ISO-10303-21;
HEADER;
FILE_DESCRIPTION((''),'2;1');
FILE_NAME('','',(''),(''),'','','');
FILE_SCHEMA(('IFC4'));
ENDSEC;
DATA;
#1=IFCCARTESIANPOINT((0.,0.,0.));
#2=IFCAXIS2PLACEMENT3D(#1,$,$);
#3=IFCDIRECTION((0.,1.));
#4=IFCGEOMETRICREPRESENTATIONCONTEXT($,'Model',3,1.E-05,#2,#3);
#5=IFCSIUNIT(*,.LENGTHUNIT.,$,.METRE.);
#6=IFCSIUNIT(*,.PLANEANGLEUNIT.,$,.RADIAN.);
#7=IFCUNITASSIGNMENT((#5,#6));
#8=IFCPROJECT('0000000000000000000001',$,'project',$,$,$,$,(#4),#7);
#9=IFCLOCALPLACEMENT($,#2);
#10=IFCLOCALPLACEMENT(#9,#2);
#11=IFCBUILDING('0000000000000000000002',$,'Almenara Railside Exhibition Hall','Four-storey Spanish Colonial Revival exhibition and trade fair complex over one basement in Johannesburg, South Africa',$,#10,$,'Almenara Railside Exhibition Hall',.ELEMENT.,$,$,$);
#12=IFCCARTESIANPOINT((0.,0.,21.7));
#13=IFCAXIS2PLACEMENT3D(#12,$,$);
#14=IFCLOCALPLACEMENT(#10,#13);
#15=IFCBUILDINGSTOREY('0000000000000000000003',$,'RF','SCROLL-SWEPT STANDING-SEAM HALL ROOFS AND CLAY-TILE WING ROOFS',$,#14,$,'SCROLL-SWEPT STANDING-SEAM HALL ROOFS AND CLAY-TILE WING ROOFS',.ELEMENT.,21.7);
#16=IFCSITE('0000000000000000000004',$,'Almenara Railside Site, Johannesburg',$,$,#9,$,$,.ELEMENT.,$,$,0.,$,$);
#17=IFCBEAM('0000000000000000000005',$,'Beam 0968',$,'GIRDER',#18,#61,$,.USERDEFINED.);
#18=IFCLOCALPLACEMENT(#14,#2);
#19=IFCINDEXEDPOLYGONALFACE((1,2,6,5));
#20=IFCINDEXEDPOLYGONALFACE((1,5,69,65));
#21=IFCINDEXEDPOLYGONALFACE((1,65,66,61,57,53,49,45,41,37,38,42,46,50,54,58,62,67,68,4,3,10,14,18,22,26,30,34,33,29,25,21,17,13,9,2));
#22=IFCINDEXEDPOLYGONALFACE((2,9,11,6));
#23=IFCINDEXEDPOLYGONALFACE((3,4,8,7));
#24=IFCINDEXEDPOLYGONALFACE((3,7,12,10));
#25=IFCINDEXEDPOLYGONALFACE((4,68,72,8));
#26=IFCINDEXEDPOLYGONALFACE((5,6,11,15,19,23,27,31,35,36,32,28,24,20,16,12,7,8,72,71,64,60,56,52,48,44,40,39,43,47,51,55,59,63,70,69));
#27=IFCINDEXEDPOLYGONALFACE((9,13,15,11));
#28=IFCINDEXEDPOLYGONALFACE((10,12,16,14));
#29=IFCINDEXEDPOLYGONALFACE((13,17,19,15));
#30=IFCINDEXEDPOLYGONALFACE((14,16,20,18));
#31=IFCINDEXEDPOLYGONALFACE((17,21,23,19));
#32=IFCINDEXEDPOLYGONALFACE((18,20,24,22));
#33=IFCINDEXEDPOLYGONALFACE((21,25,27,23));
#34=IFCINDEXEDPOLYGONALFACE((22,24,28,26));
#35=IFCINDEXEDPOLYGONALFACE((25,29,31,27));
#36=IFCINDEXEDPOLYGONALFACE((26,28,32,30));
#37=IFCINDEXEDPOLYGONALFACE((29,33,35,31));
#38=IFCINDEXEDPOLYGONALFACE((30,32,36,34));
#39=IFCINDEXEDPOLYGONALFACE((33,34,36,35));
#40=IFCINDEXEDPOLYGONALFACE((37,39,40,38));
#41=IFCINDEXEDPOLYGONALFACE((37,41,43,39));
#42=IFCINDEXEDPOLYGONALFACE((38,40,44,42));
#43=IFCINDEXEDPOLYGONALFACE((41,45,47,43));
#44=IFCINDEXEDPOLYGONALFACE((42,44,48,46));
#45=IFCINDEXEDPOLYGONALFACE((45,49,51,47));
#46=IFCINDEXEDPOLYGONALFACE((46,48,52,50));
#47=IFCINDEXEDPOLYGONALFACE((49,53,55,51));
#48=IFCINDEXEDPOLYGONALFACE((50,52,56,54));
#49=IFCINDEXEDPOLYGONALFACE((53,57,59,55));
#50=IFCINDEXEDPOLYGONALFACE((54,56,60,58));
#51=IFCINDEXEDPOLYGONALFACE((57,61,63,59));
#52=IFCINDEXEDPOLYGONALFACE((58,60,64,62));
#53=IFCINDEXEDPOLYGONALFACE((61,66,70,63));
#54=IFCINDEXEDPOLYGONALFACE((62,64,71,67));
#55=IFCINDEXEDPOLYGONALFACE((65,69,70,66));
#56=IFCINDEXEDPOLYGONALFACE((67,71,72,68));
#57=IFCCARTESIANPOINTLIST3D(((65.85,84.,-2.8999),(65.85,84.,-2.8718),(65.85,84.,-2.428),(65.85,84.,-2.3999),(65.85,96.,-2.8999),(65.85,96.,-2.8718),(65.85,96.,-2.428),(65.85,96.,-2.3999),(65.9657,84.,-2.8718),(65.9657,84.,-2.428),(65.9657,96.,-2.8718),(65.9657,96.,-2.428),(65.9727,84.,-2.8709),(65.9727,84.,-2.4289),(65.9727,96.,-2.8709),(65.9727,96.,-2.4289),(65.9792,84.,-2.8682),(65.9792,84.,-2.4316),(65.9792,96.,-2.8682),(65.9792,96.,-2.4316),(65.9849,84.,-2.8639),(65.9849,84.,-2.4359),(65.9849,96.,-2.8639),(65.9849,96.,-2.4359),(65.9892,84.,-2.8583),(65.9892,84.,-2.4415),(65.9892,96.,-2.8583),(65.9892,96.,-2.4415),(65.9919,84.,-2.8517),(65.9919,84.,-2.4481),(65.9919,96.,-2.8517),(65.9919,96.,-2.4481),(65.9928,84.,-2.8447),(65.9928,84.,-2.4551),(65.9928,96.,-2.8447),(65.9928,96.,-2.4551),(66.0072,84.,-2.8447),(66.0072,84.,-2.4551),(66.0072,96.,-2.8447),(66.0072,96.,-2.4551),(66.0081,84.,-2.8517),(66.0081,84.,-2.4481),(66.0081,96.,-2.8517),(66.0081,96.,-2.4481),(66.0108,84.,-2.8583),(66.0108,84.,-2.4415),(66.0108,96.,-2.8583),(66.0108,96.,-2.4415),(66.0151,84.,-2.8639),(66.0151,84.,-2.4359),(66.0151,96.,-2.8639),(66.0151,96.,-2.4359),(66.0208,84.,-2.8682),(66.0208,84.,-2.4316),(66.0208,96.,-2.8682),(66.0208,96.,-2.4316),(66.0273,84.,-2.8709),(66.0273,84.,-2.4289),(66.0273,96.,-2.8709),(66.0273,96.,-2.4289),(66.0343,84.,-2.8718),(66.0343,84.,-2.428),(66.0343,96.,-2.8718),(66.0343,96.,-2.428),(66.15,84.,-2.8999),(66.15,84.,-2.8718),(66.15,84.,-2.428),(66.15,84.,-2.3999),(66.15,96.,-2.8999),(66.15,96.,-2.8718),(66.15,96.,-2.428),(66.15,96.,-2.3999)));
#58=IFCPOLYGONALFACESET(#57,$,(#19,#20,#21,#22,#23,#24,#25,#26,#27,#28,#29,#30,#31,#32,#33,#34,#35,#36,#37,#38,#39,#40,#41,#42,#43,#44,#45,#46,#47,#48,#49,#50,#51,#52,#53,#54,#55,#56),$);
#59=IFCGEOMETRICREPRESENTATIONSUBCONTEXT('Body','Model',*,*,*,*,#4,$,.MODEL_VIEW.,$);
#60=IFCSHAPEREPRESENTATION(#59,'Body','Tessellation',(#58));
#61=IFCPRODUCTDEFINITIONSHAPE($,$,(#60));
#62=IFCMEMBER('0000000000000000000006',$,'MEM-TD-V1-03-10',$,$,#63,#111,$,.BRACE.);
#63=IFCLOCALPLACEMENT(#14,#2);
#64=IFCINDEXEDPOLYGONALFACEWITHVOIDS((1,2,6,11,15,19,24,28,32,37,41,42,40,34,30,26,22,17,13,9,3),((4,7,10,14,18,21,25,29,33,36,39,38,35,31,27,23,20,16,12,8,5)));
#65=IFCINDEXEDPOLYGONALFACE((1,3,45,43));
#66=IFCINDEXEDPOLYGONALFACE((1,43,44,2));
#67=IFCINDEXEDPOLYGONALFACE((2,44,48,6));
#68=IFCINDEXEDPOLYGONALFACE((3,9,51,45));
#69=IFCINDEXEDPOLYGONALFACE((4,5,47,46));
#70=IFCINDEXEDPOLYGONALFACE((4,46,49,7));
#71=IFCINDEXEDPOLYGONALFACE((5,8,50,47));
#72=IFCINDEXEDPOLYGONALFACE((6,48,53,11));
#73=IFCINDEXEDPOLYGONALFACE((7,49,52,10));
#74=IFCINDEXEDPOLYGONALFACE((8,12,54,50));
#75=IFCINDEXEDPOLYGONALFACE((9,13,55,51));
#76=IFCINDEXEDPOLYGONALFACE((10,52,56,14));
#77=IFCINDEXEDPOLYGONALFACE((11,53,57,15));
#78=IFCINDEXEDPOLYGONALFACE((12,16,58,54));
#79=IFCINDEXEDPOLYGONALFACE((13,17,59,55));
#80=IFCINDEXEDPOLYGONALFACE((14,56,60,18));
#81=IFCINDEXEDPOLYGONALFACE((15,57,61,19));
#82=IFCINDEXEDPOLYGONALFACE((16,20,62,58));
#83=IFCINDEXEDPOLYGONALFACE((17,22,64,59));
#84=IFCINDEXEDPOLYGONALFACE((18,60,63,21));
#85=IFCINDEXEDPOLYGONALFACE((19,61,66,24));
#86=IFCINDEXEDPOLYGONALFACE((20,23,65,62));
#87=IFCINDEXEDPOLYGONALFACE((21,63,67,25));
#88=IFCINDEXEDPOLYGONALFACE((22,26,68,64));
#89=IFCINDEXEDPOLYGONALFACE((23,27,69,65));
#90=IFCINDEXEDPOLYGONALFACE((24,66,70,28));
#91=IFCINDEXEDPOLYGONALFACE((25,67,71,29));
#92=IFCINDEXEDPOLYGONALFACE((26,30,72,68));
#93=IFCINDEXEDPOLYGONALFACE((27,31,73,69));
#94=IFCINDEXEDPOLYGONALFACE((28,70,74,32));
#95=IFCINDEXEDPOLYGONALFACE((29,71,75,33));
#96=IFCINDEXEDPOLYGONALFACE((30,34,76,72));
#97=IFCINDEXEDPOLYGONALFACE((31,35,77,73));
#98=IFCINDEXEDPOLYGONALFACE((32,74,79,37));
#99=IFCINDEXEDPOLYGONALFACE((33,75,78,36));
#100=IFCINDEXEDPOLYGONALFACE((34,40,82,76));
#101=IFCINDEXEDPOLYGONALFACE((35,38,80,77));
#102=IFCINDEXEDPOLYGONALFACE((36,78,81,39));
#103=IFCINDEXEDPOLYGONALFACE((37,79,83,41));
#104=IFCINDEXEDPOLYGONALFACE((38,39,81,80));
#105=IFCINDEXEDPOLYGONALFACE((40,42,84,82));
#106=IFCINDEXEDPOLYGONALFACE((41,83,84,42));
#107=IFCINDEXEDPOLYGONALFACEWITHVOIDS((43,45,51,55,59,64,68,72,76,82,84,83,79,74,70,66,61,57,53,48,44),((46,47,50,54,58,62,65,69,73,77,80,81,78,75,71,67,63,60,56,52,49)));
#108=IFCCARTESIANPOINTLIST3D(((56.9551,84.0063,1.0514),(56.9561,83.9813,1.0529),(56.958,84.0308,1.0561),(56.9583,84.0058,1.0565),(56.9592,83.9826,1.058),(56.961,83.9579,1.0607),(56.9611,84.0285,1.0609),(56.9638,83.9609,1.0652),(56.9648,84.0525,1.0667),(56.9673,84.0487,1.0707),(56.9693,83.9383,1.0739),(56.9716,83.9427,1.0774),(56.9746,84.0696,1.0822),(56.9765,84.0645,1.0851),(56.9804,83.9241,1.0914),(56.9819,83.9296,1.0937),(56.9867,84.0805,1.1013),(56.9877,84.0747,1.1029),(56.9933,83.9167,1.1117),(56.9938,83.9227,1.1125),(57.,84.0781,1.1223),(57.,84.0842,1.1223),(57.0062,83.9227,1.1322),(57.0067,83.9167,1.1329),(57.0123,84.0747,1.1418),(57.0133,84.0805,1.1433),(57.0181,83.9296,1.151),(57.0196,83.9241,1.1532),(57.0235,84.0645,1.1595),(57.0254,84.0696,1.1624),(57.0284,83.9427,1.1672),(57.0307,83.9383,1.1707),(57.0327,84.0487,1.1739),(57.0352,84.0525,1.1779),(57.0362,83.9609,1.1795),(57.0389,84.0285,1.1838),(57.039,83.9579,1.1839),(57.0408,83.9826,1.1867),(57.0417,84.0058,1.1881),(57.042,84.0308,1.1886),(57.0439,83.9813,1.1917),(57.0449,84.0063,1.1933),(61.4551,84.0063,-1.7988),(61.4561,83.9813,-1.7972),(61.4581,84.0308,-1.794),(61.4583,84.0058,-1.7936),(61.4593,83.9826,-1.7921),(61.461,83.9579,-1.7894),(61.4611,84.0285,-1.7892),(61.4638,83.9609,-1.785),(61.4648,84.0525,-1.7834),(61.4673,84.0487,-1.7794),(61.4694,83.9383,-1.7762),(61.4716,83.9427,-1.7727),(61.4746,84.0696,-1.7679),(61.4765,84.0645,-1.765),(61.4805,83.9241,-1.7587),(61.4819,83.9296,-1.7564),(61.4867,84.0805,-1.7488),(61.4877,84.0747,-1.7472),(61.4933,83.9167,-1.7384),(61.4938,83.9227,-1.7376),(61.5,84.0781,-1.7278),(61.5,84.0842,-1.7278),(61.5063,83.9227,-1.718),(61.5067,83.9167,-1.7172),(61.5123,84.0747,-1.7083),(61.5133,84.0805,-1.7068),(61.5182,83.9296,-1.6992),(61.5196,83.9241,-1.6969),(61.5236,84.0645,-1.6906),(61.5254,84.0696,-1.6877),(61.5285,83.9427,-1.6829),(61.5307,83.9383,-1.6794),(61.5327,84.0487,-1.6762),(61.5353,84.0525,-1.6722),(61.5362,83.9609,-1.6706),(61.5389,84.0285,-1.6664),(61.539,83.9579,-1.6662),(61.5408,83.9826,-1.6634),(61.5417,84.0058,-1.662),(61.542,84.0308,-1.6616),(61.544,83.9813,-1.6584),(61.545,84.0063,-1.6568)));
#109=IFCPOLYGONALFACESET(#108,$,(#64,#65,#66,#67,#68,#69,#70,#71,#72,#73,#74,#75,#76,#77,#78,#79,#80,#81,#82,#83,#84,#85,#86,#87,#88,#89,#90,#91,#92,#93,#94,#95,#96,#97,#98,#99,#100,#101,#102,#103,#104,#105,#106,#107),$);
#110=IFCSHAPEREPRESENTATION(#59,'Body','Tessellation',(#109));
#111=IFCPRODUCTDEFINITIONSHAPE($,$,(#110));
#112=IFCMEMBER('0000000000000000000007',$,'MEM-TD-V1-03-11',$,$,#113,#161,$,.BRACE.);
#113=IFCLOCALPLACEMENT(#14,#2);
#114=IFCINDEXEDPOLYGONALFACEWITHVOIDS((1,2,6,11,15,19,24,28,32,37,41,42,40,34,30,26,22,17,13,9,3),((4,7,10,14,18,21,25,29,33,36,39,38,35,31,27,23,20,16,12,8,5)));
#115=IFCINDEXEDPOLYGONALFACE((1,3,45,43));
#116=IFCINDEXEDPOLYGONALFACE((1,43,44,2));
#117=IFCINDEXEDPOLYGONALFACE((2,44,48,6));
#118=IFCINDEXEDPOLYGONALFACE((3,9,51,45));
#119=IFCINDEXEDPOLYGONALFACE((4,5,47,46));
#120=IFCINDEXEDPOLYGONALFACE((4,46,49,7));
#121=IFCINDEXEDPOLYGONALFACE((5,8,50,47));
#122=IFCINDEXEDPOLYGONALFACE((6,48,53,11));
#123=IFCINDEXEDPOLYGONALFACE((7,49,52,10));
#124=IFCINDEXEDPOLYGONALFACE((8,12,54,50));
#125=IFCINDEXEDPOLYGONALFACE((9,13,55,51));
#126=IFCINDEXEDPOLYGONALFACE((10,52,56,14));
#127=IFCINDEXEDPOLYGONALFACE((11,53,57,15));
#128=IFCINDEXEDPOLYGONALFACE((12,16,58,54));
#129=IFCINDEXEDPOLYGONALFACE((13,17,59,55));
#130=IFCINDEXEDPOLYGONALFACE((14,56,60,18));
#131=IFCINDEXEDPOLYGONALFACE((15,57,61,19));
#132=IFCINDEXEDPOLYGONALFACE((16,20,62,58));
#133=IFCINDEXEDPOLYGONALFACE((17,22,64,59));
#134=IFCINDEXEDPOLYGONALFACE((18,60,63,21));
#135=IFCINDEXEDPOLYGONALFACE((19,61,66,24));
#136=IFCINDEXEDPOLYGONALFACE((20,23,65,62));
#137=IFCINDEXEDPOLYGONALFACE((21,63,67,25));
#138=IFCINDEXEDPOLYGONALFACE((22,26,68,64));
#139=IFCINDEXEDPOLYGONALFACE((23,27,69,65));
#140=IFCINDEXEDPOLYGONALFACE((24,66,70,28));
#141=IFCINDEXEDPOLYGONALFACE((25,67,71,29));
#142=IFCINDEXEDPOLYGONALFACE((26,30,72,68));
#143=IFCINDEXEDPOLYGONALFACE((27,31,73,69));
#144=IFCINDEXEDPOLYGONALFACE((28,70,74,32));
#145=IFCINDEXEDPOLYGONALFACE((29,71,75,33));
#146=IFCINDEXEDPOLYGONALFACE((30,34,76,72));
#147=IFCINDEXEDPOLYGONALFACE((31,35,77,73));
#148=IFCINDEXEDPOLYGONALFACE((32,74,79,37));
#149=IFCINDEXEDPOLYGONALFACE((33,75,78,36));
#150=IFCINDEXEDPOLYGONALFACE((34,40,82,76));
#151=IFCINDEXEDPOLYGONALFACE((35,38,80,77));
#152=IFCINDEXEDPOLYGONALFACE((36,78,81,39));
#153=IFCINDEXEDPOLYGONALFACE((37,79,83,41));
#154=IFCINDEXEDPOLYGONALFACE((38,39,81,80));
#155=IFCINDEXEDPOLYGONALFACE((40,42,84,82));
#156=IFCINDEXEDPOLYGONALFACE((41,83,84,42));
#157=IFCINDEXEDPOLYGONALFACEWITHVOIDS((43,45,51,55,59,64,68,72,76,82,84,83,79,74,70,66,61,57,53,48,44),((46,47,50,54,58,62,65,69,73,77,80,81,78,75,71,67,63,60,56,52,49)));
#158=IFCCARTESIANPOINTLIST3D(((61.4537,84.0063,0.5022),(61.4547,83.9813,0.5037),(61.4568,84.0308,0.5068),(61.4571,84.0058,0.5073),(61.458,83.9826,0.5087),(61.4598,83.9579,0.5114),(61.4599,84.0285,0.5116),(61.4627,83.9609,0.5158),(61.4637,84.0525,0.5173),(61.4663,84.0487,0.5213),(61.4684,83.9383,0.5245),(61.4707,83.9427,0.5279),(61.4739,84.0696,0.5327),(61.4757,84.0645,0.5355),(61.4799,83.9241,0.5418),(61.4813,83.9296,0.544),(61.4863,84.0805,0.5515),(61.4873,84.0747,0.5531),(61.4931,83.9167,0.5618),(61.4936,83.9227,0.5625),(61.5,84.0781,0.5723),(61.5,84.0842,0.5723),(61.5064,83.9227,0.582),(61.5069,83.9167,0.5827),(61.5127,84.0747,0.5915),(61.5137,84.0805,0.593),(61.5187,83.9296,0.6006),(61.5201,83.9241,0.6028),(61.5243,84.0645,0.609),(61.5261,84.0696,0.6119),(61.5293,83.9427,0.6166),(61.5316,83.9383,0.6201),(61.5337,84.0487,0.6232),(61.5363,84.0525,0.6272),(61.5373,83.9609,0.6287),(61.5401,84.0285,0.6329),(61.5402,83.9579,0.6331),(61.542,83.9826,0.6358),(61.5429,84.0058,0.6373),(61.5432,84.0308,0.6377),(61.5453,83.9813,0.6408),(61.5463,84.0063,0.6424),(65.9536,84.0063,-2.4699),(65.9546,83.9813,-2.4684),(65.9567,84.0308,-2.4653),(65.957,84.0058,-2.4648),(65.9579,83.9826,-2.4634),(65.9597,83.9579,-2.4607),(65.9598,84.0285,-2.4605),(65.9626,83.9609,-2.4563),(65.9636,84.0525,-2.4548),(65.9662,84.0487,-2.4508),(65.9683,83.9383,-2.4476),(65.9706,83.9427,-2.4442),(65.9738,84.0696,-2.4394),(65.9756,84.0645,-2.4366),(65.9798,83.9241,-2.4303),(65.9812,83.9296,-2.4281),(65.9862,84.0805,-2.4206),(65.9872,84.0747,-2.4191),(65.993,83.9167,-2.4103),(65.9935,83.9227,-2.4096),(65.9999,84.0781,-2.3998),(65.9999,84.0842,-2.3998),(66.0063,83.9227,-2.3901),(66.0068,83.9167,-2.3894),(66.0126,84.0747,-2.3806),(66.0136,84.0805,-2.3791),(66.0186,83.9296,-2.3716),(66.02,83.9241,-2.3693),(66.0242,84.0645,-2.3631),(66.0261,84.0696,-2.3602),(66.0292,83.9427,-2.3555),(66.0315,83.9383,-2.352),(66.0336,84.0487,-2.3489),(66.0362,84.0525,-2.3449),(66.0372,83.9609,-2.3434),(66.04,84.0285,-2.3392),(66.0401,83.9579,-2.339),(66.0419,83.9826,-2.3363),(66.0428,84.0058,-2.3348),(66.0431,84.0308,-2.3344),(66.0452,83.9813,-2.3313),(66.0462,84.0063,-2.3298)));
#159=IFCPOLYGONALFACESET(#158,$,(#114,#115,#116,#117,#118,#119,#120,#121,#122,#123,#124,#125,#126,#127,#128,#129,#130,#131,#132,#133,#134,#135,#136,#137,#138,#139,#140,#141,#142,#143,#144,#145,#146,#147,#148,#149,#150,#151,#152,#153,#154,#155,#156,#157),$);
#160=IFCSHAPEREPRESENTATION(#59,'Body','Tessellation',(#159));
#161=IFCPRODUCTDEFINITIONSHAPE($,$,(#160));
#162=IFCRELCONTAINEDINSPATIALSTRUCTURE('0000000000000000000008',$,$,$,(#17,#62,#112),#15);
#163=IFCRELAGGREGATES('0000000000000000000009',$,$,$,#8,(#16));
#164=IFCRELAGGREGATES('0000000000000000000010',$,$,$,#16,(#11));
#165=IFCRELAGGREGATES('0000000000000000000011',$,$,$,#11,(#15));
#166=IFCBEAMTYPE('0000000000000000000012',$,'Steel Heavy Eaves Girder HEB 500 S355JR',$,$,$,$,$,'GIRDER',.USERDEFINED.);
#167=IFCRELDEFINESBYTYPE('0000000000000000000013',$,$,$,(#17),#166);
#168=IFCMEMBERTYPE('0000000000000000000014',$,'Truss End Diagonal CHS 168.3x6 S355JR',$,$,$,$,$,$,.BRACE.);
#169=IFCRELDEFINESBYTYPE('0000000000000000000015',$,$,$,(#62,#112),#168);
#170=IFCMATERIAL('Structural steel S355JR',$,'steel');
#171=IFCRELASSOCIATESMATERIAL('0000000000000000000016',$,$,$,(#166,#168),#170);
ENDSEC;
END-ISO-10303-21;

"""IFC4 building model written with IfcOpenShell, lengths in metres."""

from ifc_helpers import new_model, si_unit, direction, frame, origin, origin_2d, place, context, subcontext, project, spatial, hollow_circle, i_section, extrude, material, material_profile, profile_set, type_object, element, save


model = new_model("IFC4")

# Units and contexts
model_context = context("Model", 3, precision=1e-05, world=origin(), true_north=direction((0.0, 1.0)))
body_context = subcontext(model_context, "Body", "Model", "MODEL_VIEW")
ifc_project = project(units=[si_unit("LENGTHUNIT", "METRE"), si_unit("PLANEANGLEUNIT", "RADIAN")], contexts=[model_context])

# Site, building, storey
site_placement = place(None, origin())
site = spatial("IfcSite", under=ifc_project, at=site_placement, Name="Almenara Railside Site, Johannesburg", CompositionType="ELEMENT", RefElevation=0.0)
building_placement = place(site_placement, origin())
building = spatial("IfcBuilding", under=site, at=building_placement, Name="Almenara Railside Exhibition Hall", Description="Four-storey Spanish Colonial Revival exhibition and trade fair complex over one basement in Johannesburg, South Africa", LongName="Almenara Railside Exhibition Hall", CompositionType="ELEMENT")
storey_placement = place(building_placement, frame((0.0, 0.0, 21.7)))
storey = spatial("IfcBuildingStorey", under=building, at=storey_placement, Name="RF", Description="SCROLL-SWEPT STANDING-SEAM HALL ROOFS AND CLAY-TILE WING ROOFS", LongName="SCROLL-SWEPT STANDING-SEAM HALL ROOFS AND CLAY-TILE WING ROOFS", CompositionType="ELEMENT", Elevation=21.7)

# Shared definitions
ifc_material_1 = material(Name="Structural steel S355JR", Category="steel")

# Beam
ifc_material_profile_1 = material_profile(ifc_material_1, i_section(OverallWidth=0.3, OverallDepth=0.5, WebThickness=0.0144, FlangeThickness=0.0281, FilletRadius=0.0271, at=origin_2d()), Name="HEB 500")
ifc_profile_set_1 = profile_set([ifc_material_profile_1], Name="Structural steel S355JR")
beam_type = type_object("IfcBeamType", Name="Steel Heavy Eaves Girder HEB 500 S355JR", ElementType="GIRDER", PredefinedType="USERDEFINED", material=ifc_profile_set_1)
beam_placement = place(storey_placement, frame((66.0, 84.0, -2.6499), z_axis=(0.0, 1.0, 0.0), x_axis=(-1.0, 0.0, 0.0)))
element("IfcBeam", 1, at=beam_placement, inside=storey, type_object=beam_type, Name="Beam 0968", ObjectType="GIRDER", PredefinedType="USERDEFINED", context=body_context, shape_type="SweptSolid", body=[
    extrude(i_section(OverallWidth=0.3, OverallDepth=0.5, WebThickness=0.0144, FlangeThickness=0.0281, FilletRadius=0.0271, at=origin_2d()), origin(), (0.0, 0.0, 1.0), 12.0),
])

# Members
ifc_material_profile_2 = material_profile(ifc_material_1, hollow_circle(Radius=0.0842, WallThickness=0.0061, at=origin_2d()), Name="CHS 168.3x6")
ifc_profile_set_2 = profile_set([ifc_material_profile_2], Name="Structural steel S355JR")
member_type_1 = type_object("IfcMemberType", Name="Truss End Diagonal CHS 168.3x6 S355JR", PredefinedType="BRACE", material=ifc_profile_set_2)
member_1_placement = place(storey_placement, frame((57.0, 84.0, 1.1223), z_axis=(0.844811, 0.0, -0.535065), x_axis=(0.0, 1.0, 0.0)))
element("IfcMember", 2, at=member_1_placement, inside=storey, type_object=member_type_1, Name="MEM-TD-V1-03-10", PredefinedType="BRACE", context=body_context, shape_type="SweptSolid", body=[
    extrude(hollow_circle(Radius=0.0842, WallThickness=0.0061, at=origin_2d()), origin(), (0.0, 0.0, 1.0), 5.3267),
])
member_2_placement = place(storey_placement, frame((61.5, 84.0, 0.5723), z_axis=(0.834425, 0.0, -0.551122), x_axis=(0.0, 1.0, 0.0)))
element("IfcMember", 3, at=member_2_placement, inside=storey, type_object=member_type_1, Name="MEM-TD-V1-03-11", PredefinedType="BRACE", context=body_context, shape_type="SweptSolid", body=[
    extrude(hollow_circle(Radius=0.0842, WallThickness=0.0061, at=origin_2d()), origin(), (0.0, 0.0, 1.0), 5.3928),
])

save(model, "model.ifc")
